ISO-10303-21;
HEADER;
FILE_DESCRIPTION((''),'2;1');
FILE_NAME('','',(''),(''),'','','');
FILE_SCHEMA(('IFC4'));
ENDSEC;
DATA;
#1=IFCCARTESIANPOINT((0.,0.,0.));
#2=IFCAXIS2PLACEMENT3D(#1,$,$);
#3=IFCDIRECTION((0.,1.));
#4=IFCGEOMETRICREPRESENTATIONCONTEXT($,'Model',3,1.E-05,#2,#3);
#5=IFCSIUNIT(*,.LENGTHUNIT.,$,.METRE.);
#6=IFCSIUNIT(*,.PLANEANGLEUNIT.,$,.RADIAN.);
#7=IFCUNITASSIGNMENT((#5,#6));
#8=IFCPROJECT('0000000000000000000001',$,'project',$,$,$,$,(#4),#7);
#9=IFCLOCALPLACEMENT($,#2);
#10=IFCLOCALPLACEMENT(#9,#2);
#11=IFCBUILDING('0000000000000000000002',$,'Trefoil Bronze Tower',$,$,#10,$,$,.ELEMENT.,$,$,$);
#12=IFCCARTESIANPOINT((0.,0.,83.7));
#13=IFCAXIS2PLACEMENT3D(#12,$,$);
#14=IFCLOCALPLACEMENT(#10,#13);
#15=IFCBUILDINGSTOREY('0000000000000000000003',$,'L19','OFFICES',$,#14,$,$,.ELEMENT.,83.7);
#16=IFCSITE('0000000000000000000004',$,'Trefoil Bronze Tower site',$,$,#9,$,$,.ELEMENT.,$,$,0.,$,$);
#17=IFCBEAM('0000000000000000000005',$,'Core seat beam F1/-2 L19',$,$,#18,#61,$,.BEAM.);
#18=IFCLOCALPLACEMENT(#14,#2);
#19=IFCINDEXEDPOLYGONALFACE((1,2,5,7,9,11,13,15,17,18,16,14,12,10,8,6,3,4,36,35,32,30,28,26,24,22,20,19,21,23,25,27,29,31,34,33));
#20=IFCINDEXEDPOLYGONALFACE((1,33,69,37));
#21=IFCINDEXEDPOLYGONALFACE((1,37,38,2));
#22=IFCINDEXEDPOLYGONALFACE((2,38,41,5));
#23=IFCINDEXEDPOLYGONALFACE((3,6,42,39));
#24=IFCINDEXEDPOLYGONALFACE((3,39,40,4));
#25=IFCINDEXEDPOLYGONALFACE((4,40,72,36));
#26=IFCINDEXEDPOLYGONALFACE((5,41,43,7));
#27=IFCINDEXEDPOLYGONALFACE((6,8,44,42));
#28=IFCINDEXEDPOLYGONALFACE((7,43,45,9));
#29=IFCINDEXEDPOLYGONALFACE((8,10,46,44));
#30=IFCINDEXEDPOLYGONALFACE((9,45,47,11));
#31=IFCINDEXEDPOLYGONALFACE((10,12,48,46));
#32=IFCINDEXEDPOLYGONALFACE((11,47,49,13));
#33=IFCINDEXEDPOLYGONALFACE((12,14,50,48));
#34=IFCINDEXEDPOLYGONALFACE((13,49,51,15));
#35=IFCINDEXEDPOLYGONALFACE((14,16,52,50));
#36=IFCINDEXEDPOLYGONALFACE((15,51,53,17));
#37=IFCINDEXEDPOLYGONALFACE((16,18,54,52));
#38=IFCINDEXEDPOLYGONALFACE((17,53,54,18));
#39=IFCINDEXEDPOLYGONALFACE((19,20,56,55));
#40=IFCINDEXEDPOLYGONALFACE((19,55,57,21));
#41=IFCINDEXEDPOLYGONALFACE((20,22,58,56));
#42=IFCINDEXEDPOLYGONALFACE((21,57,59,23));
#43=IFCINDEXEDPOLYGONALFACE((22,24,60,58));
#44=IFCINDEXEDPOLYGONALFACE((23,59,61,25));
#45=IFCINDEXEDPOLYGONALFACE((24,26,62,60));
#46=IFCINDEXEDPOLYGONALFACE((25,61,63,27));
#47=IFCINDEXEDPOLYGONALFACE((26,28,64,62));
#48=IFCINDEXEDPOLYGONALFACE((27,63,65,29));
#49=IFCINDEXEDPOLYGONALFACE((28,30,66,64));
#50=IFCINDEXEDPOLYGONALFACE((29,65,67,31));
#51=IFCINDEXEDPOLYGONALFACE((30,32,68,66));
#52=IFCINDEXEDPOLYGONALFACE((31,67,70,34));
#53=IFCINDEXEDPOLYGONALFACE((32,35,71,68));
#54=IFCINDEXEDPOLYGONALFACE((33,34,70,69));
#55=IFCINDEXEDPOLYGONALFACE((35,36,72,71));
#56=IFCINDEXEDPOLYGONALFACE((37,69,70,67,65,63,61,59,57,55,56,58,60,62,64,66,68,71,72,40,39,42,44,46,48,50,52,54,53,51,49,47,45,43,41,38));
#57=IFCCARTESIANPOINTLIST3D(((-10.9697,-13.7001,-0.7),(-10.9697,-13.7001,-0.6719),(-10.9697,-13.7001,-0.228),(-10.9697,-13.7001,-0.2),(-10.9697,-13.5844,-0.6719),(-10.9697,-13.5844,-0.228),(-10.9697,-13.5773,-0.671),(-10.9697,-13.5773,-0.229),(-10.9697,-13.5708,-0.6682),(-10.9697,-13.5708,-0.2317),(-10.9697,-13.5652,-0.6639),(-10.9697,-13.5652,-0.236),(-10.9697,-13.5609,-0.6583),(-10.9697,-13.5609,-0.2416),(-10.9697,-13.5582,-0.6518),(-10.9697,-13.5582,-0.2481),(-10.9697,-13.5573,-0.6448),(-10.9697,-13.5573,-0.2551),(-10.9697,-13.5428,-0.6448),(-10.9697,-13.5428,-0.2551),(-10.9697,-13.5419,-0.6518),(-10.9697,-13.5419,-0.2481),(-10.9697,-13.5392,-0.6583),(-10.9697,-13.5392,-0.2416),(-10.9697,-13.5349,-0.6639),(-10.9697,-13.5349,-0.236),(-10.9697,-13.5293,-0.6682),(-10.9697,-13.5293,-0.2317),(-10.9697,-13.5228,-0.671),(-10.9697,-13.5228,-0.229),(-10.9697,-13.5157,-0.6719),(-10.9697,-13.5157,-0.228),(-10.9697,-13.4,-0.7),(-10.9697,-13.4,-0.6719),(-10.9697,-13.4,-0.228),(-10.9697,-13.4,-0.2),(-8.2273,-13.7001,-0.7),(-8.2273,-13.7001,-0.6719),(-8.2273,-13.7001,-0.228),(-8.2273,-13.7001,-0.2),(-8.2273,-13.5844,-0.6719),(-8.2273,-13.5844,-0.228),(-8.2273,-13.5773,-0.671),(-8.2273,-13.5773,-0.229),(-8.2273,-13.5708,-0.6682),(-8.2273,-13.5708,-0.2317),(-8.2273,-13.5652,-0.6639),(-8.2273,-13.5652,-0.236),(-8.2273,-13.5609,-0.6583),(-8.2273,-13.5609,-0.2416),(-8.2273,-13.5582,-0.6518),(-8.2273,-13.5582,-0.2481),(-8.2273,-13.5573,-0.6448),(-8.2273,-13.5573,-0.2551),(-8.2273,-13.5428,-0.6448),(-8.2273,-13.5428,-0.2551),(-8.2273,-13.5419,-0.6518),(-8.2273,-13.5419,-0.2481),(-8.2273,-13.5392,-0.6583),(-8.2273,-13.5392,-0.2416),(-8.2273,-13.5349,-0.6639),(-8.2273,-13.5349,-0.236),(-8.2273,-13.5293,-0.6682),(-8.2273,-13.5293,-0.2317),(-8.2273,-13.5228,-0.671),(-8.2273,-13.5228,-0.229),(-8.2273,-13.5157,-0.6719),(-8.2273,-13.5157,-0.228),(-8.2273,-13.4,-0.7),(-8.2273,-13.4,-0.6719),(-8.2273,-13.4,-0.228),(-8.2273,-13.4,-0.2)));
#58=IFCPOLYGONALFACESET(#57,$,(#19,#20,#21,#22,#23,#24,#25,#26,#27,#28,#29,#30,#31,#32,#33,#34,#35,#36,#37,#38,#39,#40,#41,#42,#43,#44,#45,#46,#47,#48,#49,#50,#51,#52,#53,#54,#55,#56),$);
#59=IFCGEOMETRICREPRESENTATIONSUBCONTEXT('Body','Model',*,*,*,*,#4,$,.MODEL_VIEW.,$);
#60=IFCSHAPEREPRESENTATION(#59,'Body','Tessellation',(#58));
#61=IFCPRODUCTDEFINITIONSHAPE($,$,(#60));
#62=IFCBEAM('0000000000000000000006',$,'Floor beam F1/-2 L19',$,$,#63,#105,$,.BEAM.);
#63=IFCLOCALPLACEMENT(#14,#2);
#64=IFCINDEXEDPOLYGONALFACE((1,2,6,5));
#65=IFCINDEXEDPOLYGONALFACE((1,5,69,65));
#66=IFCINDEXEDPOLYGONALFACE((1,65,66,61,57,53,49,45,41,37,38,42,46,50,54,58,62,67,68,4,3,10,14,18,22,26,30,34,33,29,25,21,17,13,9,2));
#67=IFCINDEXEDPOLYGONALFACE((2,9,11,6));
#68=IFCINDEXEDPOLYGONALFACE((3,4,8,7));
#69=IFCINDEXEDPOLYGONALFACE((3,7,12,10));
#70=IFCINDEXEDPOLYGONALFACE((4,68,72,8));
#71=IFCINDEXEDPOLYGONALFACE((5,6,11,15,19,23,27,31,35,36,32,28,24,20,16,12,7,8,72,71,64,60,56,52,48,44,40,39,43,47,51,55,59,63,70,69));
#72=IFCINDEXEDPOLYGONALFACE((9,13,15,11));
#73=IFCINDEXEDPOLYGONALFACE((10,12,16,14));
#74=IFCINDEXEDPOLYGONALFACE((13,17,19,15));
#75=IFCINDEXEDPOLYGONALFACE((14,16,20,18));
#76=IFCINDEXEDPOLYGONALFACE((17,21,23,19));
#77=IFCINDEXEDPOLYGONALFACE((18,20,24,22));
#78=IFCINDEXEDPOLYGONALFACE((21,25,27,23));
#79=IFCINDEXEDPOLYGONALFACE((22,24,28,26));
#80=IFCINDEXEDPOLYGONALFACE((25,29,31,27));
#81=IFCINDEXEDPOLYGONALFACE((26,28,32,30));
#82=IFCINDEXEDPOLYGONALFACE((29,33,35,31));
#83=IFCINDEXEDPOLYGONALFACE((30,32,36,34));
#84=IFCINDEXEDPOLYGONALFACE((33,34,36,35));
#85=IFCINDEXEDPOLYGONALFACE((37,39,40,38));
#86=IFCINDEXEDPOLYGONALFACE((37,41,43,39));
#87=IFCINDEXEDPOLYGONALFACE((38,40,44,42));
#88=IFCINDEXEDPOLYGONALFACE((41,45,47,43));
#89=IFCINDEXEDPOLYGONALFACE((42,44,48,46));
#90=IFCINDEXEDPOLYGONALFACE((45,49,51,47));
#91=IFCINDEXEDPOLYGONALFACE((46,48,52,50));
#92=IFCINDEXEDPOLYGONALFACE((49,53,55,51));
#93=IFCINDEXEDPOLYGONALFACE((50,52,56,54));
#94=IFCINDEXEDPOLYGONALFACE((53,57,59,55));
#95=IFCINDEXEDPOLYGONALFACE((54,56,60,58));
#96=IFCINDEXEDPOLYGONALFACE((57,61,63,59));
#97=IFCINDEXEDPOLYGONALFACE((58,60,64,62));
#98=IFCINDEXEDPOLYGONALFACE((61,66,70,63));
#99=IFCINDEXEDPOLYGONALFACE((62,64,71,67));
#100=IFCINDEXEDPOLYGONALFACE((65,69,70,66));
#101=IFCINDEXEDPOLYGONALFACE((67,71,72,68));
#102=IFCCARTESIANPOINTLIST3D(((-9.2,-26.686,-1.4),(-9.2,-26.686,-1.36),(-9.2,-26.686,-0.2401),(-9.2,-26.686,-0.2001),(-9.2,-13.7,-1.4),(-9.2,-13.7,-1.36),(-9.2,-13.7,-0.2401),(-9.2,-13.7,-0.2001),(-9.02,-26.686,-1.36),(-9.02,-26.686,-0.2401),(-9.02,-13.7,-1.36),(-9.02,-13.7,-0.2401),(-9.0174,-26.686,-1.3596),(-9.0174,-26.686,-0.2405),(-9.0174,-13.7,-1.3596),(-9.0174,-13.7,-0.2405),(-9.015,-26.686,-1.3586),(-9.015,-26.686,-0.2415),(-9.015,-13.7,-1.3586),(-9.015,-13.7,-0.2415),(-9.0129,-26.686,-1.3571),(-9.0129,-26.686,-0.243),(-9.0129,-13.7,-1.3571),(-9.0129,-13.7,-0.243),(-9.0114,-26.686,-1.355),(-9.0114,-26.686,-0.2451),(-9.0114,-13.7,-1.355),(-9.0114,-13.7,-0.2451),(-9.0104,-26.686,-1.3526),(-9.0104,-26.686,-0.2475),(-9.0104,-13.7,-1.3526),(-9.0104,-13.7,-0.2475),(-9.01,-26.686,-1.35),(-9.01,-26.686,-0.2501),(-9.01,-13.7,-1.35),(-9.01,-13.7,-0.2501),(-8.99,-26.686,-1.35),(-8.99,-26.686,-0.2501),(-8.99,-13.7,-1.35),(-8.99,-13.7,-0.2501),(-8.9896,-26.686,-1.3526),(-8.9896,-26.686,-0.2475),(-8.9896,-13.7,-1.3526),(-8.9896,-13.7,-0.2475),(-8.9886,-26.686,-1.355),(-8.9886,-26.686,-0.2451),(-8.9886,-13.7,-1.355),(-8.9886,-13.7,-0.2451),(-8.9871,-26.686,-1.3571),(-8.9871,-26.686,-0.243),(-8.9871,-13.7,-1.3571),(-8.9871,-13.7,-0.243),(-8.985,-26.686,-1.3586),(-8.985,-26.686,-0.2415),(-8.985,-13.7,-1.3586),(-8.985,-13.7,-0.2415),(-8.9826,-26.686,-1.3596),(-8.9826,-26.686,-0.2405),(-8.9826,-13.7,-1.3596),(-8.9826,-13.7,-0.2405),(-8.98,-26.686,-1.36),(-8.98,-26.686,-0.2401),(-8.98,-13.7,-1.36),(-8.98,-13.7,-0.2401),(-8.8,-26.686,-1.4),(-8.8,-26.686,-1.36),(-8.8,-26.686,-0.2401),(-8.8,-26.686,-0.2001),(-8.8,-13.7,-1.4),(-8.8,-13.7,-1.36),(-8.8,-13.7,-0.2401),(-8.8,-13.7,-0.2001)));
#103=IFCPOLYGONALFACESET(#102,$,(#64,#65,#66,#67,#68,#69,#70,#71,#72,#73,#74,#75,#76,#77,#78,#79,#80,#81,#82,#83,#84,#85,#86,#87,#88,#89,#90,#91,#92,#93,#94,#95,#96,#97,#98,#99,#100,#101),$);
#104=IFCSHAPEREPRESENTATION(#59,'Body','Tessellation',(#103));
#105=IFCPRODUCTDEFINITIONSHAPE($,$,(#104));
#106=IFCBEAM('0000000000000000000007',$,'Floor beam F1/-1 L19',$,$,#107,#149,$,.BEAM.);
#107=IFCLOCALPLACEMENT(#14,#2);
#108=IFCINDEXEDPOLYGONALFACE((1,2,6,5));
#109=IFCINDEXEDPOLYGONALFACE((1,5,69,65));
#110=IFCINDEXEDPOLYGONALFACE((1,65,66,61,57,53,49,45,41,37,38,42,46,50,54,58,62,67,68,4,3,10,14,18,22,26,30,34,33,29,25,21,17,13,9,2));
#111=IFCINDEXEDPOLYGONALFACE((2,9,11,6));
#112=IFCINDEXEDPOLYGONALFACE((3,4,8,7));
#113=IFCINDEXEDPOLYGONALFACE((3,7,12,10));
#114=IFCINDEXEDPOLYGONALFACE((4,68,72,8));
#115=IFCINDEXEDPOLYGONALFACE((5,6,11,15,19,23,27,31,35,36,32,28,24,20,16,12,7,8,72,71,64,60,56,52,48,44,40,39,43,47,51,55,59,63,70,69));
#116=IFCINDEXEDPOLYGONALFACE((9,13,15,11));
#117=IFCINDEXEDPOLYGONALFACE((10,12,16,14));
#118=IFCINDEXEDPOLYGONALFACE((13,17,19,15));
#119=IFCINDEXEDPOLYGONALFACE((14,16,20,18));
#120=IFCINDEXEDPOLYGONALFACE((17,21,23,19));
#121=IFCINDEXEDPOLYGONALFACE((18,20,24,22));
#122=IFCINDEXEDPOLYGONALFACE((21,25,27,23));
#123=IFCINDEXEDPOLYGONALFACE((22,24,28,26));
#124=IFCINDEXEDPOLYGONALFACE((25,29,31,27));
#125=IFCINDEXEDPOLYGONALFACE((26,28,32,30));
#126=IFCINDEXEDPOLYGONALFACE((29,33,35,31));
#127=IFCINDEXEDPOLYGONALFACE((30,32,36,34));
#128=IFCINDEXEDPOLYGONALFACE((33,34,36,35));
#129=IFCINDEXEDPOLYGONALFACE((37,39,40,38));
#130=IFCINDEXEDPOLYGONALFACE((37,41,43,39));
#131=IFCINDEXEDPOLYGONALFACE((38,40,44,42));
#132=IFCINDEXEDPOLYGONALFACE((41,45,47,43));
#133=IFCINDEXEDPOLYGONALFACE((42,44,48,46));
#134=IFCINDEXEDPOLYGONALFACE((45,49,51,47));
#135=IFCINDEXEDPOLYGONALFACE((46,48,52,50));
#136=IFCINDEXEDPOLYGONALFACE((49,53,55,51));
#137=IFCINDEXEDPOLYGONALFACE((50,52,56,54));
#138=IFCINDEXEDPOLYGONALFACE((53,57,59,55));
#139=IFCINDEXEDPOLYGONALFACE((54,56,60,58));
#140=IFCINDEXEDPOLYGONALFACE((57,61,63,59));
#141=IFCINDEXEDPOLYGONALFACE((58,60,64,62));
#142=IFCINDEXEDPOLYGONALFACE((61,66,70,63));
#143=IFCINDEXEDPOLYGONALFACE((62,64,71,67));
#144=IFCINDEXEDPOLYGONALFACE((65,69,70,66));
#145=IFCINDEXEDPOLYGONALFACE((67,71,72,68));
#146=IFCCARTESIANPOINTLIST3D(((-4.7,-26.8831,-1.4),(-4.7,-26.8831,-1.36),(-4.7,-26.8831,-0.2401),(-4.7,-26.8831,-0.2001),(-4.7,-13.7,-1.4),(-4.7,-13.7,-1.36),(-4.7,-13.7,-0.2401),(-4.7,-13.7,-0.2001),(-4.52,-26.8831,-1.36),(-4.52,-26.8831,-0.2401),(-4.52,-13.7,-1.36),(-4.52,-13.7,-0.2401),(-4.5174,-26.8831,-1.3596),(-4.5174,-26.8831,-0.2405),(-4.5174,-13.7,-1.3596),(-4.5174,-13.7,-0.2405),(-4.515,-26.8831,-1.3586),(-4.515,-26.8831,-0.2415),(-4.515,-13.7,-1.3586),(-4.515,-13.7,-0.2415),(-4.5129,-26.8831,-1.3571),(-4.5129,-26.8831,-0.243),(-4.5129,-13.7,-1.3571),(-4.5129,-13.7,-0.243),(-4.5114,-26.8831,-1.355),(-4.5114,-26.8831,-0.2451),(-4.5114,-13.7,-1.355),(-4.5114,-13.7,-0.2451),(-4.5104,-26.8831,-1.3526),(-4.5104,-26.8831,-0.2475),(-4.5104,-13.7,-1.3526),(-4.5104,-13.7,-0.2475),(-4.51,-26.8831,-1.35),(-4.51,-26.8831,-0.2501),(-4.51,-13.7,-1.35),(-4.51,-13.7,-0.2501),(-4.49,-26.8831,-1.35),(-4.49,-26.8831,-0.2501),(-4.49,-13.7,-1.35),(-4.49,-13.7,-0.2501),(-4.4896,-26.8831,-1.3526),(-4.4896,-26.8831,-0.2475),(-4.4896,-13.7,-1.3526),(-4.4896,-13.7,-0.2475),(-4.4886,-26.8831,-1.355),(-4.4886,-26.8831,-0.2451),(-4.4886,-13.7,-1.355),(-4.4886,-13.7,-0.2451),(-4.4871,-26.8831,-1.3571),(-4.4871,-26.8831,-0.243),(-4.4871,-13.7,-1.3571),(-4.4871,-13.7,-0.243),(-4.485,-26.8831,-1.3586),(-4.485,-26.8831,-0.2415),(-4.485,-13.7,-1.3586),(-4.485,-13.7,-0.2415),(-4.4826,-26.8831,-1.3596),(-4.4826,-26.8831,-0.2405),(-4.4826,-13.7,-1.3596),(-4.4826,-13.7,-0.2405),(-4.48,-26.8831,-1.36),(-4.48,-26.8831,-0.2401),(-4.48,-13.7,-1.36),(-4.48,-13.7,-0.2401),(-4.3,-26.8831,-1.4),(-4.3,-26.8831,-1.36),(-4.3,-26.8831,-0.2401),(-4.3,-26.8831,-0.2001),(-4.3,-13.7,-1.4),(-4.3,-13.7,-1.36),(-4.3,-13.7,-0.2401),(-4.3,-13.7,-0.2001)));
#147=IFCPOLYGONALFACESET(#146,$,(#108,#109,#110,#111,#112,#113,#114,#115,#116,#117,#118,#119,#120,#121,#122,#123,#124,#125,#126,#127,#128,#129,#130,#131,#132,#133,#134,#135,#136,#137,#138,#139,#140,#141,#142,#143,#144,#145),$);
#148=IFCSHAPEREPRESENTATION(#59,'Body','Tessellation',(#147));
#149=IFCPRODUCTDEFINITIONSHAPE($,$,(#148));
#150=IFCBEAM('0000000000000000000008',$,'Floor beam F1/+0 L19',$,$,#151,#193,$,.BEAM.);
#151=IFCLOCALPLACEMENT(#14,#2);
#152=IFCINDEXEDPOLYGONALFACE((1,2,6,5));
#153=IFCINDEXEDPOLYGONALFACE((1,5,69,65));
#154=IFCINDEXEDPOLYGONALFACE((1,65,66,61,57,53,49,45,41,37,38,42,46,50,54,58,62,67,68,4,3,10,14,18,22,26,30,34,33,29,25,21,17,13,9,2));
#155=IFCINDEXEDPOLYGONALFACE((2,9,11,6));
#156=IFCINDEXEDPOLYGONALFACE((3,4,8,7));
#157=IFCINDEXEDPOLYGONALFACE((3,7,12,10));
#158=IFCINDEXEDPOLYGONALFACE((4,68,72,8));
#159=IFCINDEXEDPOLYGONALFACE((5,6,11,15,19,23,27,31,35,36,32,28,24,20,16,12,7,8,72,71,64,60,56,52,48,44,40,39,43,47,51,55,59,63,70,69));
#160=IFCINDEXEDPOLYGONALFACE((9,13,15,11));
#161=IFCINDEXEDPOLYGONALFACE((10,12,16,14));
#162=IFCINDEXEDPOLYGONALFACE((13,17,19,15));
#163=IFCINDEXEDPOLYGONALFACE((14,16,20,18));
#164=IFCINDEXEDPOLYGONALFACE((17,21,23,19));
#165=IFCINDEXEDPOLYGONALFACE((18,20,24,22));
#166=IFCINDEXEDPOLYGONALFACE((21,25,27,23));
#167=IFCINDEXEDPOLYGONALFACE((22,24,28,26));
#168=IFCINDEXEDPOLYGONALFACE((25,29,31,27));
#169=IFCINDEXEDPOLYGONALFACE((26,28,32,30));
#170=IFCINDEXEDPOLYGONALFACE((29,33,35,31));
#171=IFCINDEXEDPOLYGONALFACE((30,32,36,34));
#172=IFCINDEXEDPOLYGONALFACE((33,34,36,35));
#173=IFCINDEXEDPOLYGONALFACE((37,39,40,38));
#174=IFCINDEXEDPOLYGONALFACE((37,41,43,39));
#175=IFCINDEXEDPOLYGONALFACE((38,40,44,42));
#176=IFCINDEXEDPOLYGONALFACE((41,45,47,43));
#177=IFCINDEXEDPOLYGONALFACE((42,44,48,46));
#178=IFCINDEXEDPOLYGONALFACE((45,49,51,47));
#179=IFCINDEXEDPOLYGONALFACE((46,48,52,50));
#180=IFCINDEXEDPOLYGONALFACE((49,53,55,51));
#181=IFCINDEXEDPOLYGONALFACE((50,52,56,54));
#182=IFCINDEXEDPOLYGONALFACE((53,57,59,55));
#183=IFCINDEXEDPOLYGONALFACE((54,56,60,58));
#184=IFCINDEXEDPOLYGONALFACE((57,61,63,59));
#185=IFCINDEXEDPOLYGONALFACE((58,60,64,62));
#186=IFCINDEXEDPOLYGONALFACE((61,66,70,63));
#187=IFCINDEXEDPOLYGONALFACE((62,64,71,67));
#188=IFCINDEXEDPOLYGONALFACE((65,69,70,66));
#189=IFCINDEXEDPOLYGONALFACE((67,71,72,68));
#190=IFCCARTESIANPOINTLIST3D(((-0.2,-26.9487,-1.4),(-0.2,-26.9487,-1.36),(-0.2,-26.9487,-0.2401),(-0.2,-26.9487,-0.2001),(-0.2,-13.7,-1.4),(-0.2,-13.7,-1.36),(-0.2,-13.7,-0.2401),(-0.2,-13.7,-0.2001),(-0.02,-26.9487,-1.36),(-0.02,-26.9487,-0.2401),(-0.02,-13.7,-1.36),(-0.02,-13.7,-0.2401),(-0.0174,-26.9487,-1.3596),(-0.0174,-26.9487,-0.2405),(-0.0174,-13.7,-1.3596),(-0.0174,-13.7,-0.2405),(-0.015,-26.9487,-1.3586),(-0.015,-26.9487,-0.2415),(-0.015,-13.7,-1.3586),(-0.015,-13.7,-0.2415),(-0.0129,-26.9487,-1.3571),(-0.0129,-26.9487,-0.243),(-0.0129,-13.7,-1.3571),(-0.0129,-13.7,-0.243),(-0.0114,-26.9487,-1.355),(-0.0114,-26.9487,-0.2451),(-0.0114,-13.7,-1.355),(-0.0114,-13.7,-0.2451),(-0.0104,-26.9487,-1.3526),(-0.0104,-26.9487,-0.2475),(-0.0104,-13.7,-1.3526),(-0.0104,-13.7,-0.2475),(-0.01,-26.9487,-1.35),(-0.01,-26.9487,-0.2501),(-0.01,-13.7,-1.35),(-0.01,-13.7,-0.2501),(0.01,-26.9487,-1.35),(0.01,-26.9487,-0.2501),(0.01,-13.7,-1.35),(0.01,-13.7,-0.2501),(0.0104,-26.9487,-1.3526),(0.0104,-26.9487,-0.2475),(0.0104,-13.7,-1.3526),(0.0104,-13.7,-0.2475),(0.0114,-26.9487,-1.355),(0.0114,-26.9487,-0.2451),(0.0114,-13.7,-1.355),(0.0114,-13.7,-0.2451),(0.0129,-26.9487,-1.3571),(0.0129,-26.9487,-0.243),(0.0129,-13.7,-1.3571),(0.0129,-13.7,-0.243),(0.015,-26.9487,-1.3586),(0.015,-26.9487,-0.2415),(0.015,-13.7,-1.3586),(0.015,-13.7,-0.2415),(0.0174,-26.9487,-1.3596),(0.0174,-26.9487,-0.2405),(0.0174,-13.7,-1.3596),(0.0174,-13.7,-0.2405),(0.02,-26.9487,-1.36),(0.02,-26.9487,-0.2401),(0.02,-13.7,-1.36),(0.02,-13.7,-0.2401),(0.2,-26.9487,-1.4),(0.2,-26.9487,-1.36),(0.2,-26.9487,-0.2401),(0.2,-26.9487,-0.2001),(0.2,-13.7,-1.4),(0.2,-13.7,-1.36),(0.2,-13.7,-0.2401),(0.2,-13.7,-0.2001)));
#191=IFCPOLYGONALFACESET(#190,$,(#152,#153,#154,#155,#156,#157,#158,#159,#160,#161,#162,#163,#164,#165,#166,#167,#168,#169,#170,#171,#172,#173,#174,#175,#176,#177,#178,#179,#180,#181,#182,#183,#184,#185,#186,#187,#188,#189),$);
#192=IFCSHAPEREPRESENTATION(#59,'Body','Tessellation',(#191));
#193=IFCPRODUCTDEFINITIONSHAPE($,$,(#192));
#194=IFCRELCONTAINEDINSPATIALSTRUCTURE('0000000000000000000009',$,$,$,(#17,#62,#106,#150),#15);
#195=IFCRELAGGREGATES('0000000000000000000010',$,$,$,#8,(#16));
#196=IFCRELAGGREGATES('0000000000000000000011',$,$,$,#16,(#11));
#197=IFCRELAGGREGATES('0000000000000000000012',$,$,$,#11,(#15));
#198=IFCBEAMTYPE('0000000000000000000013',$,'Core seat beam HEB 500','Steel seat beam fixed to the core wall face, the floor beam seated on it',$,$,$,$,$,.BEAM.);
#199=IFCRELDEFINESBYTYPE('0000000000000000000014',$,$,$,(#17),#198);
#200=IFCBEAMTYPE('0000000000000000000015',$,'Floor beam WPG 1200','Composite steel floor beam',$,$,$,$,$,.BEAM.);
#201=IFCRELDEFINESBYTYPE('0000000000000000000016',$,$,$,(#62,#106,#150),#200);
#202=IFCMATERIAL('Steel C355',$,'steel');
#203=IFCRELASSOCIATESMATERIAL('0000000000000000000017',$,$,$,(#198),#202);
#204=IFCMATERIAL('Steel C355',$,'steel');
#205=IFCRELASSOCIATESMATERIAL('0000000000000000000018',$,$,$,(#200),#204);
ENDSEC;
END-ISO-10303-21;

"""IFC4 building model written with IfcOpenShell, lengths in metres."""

from ifc_helpers import new_model, si_unit, direction, frame, origin, origin_2d, place, context, subcontext, project, spatial, i_section, extrude, material, material_profile, profile_set, type_object, element, save


model = new_model("IFC4")

# Units and contexts
model_context = context("Model", 3, precision=1e-05, world=origin(), true_north=direction((0.0, 1.0)))
body_context = subcontext(model_context, "Body", "Model", "MODEL_VIEW")
ifc_project = project(units=[si_unit("LENGTHUNIT", "METRE"), si_unit("PLANEANGLEUNIT", "RADIAN")], contexts=[model_context])

# Site, building, storey
site_placement = place(None, origin())
site = spatial("IfcSite", under=ifc_project, at=site_placement, Name="Trefoil Bronze Tower site", CompositionType="ELEMENT", RefElevation=0.0)
building_placement = place(site_placement, origin())
building = spatial("IfcBuilding", under=site, at=building_placement, Name="Trefoil Bronze Tower", CompositionType="ELEMENT")
storey_placement = place(building_placement, frame((0.0, 0.0, 83.7)))
storey = spatial("IfcBuildingStorey", under=building, at=storey_placement, Name="L19", Description="OFFICES", CompositionType="ELEMENT", Elevation=83.7)

# Beams
ifc_material_1 = material(Name="Steel C355", Category="steel")
ifc_material_profile_1 = material_profile(ifc_material_1, i_section(OverallWidth=0.3, OverallDepth=0.5, WebThickness=0.0144, FlangeThickness=0.0281, FilletRadius=0.0271, at=origin_2d()), Name="HEB 500")
ifc_profile_set_1 = profile_set([ifc_material_profile_1], Name="Steel C355")
beam_type_1 = type_object("IfcBeamType", Name="Core seat beam HEB 500", Description="Steel seat beam fixed to the core wall face, the floor beam seated on it", PredefinedType="BEAM", material=ifc_profile_set_1)
beam_1_placement = place(storey_placement, frame((-10.9697, -13.55, -0.45), z_axis=(1.0, 0.0, 0.0), x_axis=(0.0, 1.0, 0.0)))
element("IfcBeam", 1, at=beam_1_placement, inside=storey, type_object=beam_type_1, Name="Core seat beam F1/-2 L19", PredefinedType="BEAM", context=body_context, shape_type="SweptSolid", body=[
    extrude(i_section(OverallWidth=0.3, OverallDepth=0.5, WebThickness=0.0144, FlangeThickness=0.0281, FilletRadius=0.0271, at=origin_2d()), origin(), (0.0, 0.0, 1.0), 2.7424),
])
ifc_material_2 = material(Name="Steel C355", Category="steel")
ifc_material_profile_2 = material_profile(ifc_material_2, i_section(OverallWidth=0.3999, OverallDepth=1.2, WebThickness=0.02, FlangeThickness=0.04, FilletRadius=0.01, at=origin_2d()), Name="WPG 1200")
ifc_profile_set_2 = profile_set([ifc_material_profile_2], Name="Steel C355")
beam_type_2 = type_object("IfcBeamType", Name="Floor beam WPG 1200", Description="Composite steel floor beam", PredefinedType="BEAM", material=ifc_profile_set_2)
beam_2_placement = place(storey_placement, frame((-9.0, -26.686, -0.8), z_axis=(0.0, 1.0, 0.0), x_axis=(-1.0, 0.0, 0.0)))
element("IfcBeam", 2, at=beam_2_placement, inside=storey, type_object=beam_type_2, Name="Floor beam F1/-2 L19", PredefinedType="BEAM", context=body_context, shape_type="SweptSolid", body=[
    extrude(i_section(OverallWidth=0.3999, OverallDepth=1.2, WebThickness=0.02, FlangeThickness=0.04, FilletRadius=0.01, at=origin_2d()), origin(), (0.0, 0.0, 1.0), 12.9861),
])
beam_3_placement = place(storey_placement, frame((-4.5, -26.8831, -0.8), z_axis=(0.0, 1.0, 0.0), x_axis=(-1.0, 0.0, 0.0)))
element("IfcBeam", 3, at=beam_3_placement, inside=storey, type_object=beam_type_2, Name="Floor beam F1/-1 L19", PredefinedType="BEAM", context=body_context, shape_type="SweptSolid", body=[
    extrude(i_section(OverallWidth=0.3999, OverallDepth=1.2, WebThickness=0.02, FlangeThickness=0.04, FilletRadius=0.01, at=origin_2d()), origin(), (0.0, 0.0, 1.0), 13.1831),
])
beam_4_placement = place(storey_placement, frame((0.0, -26.9487, -0.8), z_axis=(0.0, 1.0, 0.0), x_axis=(-1.0, 0.0, 0.0)))
element("IfcBeam", 4, at=beam_4_placement, inside=storey, type_object=beam_type_2, Name="Floor beam F1/+0 L19", PredefinedType="BEAM", context=body_context, shape_type="SweptSolid", body=[
    extrude(i_section(OverallWidth=0.3999, OverallDepth=1.2, WebThickness=0.02, FlangeThickness=0.04, FilletRadius=0.01, at=origin_2d()), origin(), (0.0, 0.0, 1.0), 13.2488),
])

save(model, "model.ifc")
